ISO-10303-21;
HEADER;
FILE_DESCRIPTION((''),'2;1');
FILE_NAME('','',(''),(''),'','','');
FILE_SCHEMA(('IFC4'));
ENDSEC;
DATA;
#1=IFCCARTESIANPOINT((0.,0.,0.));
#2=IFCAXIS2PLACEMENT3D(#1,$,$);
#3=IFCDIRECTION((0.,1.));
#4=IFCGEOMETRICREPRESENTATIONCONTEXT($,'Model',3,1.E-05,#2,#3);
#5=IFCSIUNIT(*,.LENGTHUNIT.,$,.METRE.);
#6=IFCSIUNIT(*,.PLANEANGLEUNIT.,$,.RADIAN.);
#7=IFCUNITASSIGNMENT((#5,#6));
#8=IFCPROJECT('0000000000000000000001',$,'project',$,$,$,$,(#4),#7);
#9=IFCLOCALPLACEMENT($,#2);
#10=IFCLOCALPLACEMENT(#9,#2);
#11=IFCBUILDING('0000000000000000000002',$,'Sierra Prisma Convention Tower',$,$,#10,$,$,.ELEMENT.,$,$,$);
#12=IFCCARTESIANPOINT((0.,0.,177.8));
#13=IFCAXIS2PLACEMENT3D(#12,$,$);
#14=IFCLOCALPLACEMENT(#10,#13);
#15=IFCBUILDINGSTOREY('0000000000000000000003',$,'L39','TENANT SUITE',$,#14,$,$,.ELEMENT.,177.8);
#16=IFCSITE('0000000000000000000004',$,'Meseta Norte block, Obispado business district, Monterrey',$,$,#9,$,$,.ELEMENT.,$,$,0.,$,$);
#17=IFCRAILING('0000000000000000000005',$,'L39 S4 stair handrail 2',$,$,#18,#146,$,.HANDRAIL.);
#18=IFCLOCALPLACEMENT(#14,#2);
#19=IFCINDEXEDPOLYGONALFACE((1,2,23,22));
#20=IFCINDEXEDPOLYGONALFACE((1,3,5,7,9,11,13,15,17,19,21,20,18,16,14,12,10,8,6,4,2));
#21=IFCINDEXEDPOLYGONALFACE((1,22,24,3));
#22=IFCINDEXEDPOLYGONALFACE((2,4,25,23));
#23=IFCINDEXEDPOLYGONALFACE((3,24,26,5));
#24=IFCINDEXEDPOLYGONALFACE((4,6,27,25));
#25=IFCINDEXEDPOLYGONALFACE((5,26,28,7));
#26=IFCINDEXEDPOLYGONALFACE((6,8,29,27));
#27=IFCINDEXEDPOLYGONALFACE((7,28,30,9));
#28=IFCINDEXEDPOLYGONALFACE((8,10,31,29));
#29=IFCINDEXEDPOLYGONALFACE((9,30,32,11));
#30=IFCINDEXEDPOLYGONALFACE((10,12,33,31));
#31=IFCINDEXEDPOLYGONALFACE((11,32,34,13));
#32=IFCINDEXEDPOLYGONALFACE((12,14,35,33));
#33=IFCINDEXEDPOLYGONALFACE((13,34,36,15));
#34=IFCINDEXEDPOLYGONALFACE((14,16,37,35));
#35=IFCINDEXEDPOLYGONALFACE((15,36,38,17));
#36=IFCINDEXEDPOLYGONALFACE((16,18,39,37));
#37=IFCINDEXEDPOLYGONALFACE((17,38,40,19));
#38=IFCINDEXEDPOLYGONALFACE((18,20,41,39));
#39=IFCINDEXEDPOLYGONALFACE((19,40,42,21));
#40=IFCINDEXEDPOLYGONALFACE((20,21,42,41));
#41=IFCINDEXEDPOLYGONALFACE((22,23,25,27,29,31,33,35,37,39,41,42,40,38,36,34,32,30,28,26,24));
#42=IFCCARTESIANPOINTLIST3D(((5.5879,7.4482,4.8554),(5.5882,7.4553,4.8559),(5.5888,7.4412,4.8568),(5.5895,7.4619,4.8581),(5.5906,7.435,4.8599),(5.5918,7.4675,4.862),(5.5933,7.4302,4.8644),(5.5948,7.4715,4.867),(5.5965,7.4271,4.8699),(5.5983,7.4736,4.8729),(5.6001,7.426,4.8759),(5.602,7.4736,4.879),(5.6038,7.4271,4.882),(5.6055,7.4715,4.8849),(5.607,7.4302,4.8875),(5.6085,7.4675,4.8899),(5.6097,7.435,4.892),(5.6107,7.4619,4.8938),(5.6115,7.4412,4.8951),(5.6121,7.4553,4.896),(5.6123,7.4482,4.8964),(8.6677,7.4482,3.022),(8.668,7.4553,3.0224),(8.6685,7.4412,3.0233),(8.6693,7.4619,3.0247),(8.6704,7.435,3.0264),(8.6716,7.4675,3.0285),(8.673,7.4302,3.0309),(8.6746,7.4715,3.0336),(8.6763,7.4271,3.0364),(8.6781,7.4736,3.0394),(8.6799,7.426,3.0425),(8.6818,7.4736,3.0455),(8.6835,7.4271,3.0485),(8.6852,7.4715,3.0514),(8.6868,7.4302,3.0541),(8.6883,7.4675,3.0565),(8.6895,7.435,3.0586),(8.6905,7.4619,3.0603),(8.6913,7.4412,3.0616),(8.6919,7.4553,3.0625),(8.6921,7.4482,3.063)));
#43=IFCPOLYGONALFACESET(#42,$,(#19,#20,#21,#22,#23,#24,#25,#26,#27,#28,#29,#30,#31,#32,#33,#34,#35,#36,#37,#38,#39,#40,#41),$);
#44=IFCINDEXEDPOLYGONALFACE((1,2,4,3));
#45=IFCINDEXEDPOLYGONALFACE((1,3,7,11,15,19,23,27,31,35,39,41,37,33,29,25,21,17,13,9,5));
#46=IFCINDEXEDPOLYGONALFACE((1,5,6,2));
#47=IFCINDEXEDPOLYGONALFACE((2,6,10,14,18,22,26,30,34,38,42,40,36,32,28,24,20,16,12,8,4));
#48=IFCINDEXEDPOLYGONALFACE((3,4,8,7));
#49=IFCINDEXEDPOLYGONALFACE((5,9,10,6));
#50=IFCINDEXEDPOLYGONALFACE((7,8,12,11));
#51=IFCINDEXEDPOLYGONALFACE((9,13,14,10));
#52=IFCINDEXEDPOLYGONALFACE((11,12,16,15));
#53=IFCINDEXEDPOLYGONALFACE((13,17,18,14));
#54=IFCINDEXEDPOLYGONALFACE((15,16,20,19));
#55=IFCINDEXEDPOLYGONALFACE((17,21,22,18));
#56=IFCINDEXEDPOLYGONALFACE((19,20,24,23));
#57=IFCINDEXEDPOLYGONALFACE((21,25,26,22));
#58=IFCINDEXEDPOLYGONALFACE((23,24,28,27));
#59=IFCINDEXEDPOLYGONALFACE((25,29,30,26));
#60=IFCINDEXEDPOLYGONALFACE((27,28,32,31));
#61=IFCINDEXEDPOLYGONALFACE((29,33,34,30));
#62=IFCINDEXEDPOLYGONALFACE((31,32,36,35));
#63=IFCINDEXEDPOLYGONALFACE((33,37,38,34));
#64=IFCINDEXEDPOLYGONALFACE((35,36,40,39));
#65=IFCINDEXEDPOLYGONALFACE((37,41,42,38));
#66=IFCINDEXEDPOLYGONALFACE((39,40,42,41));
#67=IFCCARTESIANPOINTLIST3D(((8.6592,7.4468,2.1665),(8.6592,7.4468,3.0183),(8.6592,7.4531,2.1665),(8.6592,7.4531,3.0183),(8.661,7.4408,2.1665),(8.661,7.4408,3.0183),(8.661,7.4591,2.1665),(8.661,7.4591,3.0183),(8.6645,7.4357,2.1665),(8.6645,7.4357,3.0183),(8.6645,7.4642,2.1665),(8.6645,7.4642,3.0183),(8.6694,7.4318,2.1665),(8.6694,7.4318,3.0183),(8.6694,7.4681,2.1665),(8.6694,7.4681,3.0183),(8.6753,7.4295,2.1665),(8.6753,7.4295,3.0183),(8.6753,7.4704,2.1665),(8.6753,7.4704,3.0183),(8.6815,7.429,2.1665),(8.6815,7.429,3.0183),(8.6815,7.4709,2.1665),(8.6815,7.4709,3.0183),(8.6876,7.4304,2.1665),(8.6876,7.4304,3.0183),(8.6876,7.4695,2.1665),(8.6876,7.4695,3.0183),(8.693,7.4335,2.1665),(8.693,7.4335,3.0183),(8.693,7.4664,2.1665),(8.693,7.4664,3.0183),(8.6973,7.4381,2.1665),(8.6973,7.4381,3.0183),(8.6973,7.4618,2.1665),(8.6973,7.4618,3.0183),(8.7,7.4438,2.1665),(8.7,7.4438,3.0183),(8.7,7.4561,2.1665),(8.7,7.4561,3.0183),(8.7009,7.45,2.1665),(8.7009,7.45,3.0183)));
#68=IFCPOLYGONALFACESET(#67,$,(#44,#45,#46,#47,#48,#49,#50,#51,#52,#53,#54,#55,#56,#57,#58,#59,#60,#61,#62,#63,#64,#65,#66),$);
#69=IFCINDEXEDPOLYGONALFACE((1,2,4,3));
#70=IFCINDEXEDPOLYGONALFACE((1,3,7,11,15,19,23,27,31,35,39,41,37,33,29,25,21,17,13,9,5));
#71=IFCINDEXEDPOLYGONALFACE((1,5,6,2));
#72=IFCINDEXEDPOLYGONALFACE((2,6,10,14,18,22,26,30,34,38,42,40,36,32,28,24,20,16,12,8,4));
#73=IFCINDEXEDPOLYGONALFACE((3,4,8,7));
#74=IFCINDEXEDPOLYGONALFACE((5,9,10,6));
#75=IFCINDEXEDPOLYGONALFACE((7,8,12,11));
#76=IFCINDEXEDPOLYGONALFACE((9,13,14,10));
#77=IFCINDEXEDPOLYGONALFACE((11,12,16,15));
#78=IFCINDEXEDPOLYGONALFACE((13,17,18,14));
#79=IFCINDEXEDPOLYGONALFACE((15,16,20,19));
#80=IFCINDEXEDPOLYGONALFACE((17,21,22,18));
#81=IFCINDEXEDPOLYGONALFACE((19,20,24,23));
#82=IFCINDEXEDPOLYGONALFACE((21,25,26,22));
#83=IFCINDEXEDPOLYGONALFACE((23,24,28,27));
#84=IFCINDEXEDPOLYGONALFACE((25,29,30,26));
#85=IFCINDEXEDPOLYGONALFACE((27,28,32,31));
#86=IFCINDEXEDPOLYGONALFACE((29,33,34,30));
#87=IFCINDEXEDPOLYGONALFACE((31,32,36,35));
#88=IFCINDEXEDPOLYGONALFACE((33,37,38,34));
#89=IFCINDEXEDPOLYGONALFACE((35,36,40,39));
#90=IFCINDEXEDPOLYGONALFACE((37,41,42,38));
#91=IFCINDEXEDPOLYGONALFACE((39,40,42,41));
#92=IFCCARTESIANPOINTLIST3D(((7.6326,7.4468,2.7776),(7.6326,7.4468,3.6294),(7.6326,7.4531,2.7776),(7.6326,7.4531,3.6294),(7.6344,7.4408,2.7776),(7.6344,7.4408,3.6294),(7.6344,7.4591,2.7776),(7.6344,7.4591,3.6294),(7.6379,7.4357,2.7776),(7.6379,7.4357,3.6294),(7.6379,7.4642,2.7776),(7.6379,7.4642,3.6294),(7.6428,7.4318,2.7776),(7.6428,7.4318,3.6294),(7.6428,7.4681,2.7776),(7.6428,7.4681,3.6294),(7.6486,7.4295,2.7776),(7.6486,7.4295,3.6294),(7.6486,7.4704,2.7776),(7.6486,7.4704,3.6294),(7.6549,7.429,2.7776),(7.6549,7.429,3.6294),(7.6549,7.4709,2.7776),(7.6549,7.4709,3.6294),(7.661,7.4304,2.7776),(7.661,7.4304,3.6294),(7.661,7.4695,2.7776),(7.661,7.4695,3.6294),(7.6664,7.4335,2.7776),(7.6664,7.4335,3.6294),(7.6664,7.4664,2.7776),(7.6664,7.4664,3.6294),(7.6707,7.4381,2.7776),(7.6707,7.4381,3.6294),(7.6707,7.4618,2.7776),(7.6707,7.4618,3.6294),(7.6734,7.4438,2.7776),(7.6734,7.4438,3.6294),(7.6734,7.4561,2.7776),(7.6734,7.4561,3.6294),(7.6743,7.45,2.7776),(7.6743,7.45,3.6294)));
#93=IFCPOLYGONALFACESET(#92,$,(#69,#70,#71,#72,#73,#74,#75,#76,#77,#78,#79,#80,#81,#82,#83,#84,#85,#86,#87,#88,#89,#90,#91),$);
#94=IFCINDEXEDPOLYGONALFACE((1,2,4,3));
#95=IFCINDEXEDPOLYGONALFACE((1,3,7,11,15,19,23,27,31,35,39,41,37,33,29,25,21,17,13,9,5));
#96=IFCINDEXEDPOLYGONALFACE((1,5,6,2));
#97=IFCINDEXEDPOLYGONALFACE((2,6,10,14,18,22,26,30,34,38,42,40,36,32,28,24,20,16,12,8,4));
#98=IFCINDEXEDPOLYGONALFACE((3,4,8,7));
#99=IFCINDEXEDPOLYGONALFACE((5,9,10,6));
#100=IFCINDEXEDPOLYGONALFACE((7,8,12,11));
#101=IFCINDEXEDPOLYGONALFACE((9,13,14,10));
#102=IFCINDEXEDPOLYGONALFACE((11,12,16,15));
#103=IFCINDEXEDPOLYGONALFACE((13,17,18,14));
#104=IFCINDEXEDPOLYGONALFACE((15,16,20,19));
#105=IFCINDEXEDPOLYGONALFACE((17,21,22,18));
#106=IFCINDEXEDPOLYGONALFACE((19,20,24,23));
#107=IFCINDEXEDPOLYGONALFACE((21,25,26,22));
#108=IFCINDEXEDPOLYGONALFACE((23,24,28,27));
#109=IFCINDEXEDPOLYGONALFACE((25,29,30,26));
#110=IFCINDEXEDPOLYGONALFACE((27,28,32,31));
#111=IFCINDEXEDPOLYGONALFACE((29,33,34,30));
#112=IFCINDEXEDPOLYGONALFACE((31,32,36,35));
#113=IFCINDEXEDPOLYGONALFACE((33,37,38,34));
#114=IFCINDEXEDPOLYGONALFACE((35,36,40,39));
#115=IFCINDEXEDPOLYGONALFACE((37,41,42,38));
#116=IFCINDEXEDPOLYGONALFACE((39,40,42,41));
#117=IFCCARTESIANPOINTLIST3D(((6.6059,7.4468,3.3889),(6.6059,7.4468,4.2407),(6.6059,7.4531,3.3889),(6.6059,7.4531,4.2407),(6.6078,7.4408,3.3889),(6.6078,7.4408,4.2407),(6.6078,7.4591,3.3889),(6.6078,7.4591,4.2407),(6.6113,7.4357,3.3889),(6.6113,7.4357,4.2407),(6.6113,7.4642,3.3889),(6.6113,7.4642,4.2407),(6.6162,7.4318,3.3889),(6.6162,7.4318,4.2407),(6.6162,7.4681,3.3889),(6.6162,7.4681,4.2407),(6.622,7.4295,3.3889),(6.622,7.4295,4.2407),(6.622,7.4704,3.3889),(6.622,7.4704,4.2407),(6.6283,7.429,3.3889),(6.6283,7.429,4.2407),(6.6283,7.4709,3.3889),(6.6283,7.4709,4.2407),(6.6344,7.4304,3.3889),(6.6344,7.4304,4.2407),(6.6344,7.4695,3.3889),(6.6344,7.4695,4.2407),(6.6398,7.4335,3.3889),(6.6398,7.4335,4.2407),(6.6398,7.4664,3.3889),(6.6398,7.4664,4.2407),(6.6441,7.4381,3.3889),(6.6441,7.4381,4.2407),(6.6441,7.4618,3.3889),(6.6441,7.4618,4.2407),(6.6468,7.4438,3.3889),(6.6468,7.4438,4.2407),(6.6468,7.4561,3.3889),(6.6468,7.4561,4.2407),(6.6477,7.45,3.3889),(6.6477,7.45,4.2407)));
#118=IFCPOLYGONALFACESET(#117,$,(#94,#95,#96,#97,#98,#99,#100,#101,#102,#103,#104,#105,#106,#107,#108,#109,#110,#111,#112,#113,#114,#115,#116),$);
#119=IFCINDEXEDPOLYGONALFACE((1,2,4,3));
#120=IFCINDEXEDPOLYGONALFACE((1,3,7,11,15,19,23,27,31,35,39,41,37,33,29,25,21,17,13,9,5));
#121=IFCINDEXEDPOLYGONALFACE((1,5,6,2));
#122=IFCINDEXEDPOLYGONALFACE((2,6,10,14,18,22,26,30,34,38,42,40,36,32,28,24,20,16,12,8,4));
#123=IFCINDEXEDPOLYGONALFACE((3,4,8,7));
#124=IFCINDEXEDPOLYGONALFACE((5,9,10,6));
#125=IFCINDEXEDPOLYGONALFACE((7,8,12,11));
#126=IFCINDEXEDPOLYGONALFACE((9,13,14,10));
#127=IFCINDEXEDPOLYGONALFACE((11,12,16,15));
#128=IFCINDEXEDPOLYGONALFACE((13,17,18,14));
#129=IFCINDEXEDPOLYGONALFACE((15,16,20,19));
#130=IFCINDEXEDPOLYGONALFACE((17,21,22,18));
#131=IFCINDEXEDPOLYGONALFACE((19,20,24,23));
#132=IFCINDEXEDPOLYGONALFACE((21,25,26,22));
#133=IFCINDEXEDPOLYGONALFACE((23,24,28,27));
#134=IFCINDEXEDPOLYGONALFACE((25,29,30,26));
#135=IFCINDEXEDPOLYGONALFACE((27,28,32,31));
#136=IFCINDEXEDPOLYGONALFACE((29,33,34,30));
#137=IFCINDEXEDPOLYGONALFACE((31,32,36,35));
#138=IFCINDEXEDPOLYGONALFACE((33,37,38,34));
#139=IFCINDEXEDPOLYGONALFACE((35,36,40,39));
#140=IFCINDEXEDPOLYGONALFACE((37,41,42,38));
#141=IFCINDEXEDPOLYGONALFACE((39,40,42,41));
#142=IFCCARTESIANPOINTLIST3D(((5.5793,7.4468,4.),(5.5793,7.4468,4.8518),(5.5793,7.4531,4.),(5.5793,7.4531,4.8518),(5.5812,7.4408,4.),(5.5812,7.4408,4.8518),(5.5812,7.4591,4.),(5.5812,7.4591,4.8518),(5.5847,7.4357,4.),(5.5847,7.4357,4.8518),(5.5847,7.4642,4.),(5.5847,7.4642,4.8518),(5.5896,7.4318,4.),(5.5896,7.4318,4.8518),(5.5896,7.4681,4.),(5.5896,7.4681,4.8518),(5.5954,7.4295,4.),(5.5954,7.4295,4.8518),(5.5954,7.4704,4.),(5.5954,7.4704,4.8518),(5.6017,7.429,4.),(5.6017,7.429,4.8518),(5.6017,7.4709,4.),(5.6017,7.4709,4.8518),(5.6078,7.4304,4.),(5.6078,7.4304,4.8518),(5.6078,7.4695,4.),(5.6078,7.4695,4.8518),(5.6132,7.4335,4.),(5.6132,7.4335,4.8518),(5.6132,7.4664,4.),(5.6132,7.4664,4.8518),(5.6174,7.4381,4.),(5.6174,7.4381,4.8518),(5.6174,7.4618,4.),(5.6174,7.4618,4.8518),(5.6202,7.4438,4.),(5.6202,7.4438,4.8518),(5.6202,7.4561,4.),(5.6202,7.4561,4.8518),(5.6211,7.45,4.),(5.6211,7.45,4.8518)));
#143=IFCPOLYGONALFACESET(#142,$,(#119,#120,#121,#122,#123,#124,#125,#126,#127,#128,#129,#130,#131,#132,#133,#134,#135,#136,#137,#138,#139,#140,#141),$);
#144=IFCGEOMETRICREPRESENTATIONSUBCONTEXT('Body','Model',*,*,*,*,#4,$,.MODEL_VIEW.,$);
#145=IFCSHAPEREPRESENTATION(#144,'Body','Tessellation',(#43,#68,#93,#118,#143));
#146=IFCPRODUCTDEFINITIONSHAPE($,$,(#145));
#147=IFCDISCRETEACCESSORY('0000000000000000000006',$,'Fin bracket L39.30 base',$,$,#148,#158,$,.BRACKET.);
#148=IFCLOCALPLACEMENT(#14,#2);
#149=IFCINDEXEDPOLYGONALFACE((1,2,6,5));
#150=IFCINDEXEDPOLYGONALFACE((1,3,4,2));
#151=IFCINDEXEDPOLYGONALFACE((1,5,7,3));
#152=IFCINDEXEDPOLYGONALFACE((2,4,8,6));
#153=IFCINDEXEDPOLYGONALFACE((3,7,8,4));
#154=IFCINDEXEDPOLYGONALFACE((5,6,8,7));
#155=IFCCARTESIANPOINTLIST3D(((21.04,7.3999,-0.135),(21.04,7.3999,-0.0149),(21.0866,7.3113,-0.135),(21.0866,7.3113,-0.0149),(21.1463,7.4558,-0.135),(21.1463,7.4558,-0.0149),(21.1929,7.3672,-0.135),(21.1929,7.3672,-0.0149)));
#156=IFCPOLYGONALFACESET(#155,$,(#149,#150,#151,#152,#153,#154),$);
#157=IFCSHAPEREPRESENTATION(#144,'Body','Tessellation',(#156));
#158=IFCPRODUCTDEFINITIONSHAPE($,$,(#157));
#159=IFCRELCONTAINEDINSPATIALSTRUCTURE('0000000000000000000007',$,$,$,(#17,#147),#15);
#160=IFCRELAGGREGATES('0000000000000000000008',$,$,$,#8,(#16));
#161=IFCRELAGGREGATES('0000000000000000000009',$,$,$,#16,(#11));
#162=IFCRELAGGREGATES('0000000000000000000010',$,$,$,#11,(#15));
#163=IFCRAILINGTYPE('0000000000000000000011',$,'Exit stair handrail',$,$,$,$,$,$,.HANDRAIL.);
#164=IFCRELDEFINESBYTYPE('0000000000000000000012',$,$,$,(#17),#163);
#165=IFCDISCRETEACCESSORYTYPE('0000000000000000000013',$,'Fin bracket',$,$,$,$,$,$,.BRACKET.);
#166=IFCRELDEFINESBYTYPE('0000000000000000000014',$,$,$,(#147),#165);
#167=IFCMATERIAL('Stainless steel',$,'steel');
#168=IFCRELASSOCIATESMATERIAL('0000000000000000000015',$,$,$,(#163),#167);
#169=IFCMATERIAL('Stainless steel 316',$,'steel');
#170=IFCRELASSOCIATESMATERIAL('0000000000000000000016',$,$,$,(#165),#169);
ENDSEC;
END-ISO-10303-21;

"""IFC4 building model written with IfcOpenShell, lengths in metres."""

from ifc_helpers import new_model, si_unit, direction, frame, origin, origin_2d, place, context, subcontext, project, spatial, rectangle, circle, extrude, material, type_object, element, save


model = new_model("IFC4")

# Units and contexts
model_context = context("Model", 3, precision=1e-05, world=origin(), true_north=direction((0.0, 1.0)))
body_context = subcontext(model_context, "Body", "Model", "MODEL_VIEW")
ifc_project = project(units=[si_unit("LENGTHUNIT", "METRE"), si_unit("PLANEANGLEUNIT", "RADIAN")], contexts=[model_context])

# Site, building, storey
site_placement = place(None, origin())
site = spatial("IfcSite", under=ifc_project, at=site_placement, Name="Meseta Norte block, Obispado business district, Monterrey", CompositionType="ELEMENT", RefElevation=0.0)
building_placement = place(site_placement, origin())
building = spatial("IfcBuilding", under=site, at=building_placement, Name="Sierra Prisma Convention Tower", CompositionType="ELEMENT")
storey_placement = place(building_placement, frame((0.0, 0.0, 177.8)))
storey = spatial("IfcBuildingStorey", under=building, at=storey_placement, Name="L39", Description="TENANT SUITE", CompositionType="ELEMENT", Elevation=177.8)

# Railing
ifc_material_1 = material(Name="Stainless steel", Category="steel")
railing_type = type_object("IfcRailingType", Name="Exit stair handrail", PredefinedType="HANDRAIL", material=ifc_material_1)
railing_placement = place(storey_placement, frame((8.6799, 7.45, 2.1665)))
element("IfcRailing", 1, at=railing_placement, inside=storey, type_object=railing_type, Name="L39 S4 stair handrail 2", PredefinedType="HANDRAIL", context=body_context, shape_type="SweptSolid", body=[
    extrude(circle(Radius=0.0239, at=origin_2d()), frame((0.0, 0.0, 0.876), z_axis=(-0.859261, 0.0, 0.511538), x_axis=(0.0, -1.0, 0.0)), (0.0, 0.0, 1.0), 3.5842),
    extrude(circle(Radius=0.021, at=origin_2d()), origin(), (0.0, 0.0, 1.0), 0.8518),
    extrude(circle(Radius=0.021, at=origin_2d()), frame((-1.0266, 0.0, 0.6111)), (0.0, 0.0, 1.0), 0.8518),
    extrude(circle(Radius=0.021, at=origin_2d()), frame((-2.0532, 0.0, 1.2224)), (0.0, 0.0, 1.0), 0.8518),
    extrude(circle(Radius=0.021, at=origin_2d()), frame((-3.0798, 0.0, 1.8335)), (0.0, 0.0, 1.0), 0.8518),
])

# Discrete accessory
ifc_material_2 = material(Name="Stainless steel 316", Category="steel")
discrete_accessory_type = type_object("IfcDiscreteAccessoryType", Name="Fin bracket", PredefinedType="BRACKET", material=ifc_material_2)
discrete_accessory_placement = place(storey_placement, frame((21.1165, 7.3835, -0.135), z_axis=(0.0, 0.0, 1.0), x_axis=(0.884847, 0.465882, 0.0)))
element("IfcDiscreteAccessory", 2, at=discrete_accessory_placement, inside=storey, type_object=discrete_accessory_type, Name="Fin bracket L39.30 base", PredefinedType="BRACKET", context=body_context, shape_type="SweptSolid", body=[
    extrude(rectangle(XDim=0.1201, YDim=0.1001, at=origin_2d()), origin(), (0.0, 0.0, 1.0), 0.1201),
])

save(model, "model.ifc")
